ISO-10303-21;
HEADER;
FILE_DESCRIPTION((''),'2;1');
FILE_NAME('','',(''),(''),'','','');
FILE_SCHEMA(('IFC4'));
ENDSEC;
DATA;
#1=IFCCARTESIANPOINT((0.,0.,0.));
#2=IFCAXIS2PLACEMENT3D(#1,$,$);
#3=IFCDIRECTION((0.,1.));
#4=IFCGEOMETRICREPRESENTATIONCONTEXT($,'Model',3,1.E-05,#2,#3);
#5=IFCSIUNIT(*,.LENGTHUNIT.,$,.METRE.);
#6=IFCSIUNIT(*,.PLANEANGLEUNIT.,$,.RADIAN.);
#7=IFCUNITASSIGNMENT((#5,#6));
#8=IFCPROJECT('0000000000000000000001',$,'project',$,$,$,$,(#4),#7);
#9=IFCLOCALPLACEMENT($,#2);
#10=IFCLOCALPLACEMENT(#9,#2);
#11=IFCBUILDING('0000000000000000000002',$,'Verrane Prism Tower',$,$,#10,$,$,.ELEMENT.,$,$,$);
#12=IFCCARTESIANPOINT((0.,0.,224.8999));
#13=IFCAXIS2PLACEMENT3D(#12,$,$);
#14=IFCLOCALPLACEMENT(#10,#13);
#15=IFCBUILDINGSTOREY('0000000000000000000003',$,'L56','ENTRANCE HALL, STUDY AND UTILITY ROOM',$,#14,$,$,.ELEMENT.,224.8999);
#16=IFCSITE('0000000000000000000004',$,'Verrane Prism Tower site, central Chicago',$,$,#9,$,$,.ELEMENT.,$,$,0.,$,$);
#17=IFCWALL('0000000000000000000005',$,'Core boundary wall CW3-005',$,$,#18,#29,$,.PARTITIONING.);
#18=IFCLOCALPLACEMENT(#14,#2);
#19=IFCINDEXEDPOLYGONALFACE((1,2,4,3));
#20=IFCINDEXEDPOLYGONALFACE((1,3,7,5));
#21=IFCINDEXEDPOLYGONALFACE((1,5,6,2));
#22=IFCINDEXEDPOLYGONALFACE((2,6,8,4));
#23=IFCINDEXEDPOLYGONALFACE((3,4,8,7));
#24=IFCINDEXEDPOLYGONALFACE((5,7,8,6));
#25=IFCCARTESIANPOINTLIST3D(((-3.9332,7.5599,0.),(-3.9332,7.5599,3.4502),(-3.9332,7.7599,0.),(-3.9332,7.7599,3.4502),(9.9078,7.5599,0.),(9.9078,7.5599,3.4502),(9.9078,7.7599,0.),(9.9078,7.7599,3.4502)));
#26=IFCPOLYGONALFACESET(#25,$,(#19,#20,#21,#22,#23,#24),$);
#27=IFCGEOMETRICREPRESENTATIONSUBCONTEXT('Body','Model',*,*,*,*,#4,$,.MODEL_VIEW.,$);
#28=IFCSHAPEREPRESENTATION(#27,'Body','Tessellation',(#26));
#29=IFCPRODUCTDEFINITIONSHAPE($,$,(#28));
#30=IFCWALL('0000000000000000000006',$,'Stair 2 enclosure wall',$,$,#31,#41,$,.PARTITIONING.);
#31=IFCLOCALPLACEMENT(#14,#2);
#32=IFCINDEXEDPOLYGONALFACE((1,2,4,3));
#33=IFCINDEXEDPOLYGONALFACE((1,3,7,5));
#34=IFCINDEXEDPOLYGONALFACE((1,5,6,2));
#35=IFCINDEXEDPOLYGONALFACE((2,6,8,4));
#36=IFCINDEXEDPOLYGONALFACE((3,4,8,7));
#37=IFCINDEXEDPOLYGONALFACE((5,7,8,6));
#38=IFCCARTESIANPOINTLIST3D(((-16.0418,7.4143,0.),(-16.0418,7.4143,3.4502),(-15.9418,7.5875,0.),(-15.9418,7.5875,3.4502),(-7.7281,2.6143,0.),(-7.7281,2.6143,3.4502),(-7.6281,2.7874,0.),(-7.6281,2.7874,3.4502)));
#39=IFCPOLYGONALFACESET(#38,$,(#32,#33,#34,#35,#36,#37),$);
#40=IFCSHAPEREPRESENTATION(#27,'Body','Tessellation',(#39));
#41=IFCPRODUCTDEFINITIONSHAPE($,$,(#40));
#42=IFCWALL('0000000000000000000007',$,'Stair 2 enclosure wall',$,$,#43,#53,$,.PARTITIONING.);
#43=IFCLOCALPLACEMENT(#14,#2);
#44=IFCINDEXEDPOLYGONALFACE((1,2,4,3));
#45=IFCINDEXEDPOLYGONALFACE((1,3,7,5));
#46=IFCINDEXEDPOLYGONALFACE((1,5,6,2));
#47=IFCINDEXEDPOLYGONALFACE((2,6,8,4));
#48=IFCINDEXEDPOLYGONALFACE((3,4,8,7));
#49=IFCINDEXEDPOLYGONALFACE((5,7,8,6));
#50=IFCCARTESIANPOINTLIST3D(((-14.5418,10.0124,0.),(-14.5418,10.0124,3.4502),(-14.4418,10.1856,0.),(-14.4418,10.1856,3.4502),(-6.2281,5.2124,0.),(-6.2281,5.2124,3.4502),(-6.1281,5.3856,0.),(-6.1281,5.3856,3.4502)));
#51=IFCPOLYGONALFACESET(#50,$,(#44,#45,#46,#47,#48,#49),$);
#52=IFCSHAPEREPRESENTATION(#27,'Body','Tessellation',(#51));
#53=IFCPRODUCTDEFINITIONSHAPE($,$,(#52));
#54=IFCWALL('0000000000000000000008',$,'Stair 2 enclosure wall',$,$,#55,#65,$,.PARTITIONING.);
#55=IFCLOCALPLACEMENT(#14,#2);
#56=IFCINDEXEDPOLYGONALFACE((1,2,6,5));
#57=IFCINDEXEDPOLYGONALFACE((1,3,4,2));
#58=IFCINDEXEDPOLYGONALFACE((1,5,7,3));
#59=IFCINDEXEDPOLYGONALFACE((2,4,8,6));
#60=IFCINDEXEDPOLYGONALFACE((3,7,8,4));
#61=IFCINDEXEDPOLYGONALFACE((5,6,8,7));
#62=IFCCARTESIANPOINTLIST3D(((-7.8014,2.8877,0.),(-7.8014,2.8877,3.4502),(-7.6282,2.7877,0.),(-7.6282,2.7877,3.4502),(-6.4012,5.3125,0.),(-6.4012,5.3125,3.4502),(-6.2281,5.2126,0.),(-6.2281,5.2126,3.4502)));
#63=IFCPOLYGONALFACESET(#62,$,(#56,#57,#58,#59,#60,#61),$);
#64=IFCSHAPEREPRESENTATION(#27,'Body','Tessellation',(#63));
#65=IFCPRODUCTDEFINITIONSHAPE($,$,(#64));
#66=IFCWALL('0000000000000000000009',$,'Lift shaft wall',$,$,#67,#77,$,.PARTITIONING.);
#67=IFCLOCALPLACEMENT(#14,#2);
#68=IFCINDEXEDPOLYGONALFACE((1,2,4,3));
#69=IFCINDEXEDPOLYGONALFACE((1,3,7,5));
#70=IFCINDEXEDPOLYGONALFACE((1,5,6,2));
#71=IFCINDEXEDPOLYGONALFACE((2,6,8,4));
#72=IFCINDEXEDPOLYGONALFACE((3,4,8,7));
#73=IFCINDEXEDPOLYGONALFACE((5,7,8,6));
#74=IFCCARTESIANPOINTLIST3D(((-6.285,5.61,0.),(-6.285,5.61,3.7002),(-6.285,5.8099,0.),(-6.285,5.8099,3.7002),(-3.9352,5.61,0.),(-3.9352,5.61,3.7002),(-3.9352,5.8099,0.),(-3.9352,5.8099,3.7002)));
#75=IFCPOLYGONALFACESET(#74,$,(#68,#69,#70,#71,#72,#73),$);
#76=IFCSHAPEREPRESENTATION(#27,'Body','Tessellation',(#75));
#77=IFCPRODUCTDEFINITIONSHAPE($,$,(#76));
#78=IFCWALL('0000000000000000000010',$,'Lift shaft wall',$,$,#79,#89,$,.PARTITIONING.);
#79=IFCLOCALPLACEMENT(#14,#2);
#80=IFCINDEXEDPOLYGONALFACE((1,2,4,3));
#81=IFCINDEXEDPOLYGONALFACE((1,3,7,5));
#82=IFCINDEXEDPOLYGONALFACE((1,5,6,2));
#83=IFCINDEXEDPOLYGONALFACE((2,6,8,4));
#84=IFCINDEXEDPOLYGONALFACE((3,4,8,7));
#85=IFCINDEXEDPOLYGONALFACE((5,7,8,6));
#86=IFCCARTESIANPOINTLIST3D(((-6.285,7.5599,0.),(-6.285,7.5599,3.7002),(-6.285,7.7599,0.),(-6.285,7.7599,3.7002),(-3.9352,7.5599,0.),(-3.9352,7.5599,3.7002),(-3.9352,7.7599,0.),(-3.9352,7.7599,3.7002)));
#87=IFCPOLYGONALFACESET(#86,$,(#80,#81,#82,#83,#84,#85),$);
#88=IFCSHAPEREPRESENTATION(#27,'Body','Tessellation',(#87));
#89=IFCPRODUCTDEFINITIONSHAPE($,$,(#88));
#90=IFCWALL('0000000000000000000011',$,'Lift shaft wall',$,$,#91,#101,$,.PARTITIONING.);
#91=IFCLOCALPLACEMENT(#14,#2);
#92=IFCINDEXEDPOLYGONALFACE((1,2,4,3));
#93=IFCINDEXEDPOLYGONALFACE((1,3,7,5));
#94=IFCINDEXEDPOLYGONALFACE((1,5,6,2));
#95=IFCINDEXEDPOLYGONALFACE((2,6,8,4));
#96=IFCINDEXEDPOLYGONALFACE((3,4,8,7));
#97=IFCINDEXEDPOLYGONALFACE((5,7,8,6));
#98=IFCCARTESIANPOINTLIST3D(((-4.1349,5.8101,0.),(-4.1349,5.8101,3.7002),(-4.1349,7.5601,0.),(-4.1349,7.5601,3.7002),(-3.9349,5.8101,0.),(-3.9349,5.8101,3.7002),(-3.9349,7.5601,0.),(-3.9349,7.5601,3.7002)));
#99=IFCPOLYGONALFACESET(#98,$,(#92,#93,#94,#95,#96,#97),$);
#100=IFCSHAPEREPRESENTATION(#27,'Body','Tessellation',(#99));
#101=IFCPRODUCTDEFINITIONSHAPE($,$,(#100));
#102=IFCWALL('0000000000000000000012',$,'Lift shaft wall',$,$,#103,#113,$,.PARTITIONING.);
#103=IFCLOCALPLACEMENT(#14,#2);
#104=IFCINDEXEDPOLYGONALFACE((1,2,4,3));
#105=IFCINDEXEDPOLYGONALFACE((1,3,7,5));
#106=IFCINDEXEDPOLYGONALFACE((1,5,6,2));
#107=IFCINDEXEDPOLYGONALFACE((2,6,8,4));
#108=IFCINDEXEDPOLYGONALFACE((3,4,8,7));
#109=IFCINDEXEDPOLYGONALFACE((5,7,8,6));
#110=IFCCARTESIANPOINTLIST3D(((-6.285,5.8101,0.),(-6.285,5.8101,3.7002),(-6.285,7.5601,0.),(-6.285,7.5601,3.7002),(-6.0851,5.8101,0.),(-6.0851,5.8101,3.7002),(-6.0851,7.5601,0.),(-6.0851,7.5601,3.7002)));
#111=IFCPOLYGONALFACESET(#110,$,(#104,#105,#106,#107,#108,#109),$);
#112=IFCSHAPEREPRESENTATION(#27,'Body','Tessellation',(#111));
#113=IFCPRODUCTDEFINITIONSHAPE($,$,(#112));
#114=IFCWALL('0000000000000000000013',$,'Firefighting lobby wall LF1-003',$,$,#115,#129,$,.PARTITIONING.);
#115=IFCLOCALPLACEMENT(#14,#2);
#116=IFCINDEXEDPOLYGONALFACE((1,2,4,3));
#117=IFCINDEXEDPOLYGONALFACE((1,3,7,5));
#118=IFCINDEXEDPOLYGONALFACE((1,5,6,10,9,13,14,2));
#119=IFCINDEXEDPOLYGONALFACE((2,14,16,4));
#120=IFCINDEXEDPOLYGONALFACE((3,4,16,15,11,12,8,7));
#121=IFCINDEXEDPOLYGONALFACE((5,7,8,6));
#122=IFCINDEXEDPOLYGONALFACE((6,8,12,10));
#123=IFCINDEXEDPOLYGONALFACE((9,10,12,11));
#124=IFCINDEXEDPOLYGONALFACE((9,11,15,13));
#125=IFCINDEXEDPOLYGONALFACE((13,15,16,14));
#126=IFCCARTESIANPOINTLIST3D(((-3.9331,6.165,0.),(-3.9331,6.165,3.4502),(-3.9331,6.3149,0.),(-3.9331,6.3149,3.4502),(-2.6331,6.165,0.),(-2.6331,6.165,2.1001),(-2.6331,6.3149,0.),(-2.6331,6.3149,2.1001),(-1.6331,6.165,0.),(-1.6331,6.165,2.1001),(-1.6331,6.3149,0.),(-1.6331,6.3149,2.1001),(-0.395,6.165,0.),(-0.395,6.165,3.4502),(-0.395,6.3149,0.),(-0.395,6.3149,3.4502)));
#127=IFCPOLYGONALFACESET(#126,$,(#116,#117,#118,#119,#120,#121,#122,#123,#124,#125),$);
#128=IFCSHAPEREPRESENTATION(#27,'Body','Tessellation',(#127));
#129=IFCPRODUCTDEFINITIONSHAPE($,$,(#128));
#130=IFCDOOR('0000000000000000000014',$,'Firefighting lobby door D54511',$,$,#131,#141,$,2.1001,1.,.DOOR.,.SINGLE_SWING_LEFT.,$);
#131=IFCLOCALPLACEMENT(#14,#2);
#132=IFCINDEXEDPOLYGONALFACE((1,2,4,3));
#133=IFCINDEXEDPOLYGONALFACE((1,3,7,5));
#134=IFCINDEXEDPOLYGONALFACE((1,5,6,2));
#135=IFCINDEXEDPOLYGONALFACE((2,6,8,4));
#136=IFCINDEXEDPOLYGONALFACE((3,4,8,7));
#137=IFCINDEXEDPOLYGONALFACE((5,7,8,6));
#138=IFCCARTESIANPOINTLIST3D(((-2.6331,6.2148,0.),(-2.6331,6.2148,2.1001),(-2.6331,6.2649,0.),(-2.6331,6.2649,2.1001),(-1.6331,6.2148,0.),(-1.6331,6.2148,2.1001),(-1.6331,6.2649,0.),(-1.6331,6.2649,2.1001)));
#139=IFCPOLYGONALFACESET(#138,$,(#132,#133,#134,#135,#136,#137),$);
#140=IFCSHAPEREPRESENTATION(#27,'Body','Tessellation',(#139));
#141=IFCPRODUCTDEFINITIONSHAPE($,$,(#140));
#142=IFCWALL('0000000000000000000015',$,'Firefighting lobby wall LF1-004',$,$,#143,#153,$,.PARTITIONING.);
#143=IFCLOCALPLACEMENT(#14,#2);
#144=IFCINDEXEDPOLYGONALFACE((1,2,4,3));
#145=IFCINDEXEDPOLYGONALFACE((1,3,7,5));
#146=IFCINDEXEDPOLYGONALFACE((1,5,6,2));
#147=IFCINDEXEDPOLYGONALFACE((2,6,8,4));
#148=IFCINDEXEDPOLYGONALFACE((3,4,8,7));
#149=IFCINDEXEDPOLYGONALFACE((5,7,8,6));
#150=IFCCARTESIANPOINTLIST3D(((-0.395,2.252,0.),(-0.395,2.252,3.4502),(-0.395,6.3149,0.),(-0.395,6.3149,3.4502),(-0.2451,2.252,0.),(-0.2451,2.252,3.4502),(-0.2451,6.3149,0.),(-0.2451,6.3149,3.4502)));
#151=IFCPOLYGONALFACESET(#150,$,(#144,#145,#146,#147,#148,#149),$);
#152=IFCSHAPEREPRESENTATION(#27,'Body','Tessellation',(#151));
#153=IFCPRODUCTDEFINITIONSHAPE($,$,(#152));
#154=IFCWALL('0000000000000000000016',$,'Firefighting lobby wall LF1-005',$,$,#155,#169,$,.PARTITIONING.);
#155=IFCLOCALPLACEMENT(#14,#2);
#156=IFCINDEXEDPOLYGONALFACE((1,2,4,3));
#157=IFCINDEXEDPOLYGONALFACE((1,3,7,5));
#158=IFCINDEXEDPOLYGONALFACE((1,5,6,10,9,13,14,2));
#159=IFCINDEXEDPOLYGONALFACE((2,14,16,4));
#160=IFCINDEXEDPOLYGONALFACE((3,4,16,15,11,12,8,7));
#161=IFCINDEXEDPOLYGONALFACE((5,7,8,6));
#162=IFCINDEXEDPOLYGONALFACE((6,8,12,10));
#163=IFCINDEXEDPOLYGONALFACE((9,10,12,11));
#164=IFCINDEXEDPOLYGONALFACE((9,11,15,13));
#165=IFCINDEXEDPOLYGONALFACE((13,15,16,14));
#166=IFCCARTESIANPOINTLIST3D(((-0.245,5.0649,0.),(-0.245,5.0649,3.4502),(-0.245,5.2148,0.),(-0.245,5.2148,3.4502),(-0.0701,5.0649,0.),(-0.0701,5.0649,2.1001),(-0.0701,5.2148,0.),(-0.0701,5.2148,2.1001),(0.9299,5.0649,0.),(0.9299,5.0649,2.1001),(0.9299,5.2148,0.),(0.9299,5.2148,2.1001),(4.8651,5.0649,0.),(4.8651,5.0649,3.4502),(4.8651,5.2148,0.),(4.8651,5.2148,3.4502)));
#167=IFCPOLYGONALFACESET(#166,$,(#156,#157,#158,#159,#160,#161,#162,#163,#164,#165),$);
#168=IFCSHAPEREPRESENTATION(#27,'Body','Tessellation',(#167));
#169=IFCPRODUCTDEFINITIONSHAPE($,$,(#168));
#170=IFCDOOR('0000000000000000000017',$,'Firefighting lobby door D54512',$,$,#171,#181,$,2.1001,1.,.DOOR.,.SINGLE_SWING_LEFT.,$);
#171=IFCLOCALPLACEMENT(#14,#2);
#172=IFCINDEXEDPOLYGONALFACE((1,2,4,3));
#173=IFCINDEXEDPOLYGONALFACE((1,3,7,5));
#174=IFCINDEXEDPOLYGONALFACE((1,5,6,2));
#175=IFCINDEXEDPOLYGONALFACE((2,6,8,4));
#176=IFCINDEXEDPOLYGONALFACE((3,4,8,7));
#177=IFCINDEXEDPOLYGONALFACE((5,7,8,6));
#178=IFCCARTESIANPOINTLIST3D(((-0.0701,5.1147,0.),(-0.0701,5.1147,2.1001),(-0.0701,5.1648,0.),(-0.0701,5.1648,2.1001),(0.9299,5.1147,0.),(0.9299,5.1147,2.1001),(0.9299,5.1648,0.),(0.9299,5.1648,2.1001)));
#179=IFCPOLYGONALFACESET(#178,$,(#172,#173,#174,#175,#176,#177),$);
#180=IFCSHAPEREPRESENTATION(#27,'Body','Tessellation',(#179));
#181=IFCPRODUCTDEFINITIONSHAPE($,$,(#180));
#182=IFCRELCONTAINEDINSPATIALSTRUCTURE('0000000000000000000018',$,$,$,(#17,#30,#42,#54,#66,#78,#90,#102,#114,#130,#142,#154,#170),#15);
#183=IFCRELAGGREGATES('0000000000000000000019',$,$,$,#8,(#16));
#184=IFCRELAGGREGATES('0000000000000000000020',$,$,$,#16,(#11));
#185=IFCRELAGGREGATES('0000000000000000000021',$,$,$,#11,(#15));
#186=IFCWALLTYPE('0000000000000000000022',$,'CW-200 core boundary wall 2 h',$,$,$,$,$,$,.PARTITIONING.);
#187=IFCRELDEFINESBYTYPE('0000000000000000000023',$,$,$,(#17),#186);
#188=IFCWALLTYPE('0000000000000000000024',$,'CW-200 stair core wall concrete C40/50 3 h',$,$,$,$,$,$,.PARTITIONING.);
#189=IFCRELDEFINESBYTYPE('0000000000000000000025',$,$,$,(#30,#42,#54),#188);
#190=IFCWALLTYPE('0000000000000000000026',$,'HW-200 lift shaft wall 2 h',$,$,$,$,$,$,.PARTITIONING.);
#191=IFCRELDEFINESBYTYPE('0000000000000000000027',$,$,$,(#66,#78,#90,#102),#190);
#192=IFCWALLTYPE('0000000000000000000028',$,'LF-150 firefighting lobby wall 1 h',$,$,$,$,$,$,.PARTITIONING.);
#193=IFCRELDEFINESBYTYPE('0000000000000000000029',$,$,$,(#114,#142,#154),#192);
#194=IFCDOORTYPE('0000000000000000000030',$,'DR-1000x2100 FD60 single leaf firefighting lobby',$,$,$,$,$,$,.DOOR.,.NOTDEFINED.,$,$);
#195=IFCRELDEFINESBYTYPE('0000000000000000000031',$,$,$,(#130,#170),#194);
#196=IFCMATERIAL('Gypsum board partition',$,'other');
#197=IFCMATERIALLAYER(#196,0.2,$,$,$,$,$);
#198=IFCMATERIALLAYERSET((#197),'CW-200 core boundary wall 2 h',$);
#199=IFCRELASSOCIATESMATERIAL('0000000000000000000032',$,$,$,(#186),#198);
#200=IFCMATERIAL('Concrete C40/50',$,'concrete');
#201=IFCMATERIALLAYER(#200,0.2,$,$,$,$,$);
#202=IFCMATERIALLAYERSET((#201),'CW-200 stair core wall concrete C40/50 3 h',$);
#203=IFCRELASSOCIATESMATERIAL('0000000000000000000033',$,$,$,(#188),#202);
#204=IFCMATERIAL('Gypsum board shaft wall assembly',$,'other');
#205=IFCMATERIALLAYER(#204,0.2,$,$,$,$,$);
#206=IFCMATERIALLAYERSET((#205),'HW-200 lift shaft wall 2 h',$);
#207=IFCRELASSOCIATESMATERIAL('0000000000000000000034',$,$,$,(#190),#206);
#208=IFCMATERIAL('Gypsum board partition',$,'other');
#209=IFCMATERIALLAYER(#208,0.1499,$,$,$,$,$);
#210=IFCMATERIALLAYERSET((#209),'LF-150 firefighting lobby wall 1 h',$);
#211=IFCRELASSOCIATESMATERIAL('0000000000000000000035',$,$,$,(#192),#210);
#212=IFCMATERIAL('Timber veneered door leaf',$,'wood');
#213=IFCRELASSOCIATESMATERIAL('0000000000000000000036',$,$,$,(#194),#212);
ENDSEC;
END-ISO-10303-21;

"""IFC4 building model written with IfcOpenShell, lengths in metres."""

from ifc_helpers import new_model, si_unit, direction, frame, frame_2d, origin, place, context, subcontext, project, spatial, rectangle, extrude, material, layer, layer_set, type_object, element, fill, save


model = new_model("IFC4")

# Units and contexts
model_context = context("Model", 3, precision=1e-05, world=origin(), true_north=direction((0.0, 1.0)))
body_context = subcontext(model_context, "Body", "Model", "MODEL_VIEW")
ifc_project = project(units=[si_unit("LENGTHUNIT", "METRE"), si_unit("PLANEANGLEUNIT", "RADIAN")], contexts=[model_context])

# Site, building, storey
site_placement = place(None, origin())
site = spatial("IfcSite", under=ifc_project, at=site_placement, Name="Verrane Prism Tower site, central Chicago", CompositionType="ELEMENT", RefElevation=0.0)
building_placement = place(site_placement, origin())
building = spatial("IfcBuilding", under=site, at=building_placement, Name="Verrane Prism Tower", CompositionType="ELEMENT")
storey_placement = place(building_placement, frame((0.0, 0.0, 224.8999)))
storey = spatial("IfcBuildingStorey", under=building, at=storey_placement, Name="L56", Description="ENTRANCE HALL, STUDY AND UTILITY ROOM", CompositionType="ELEMENT", Elevation=224.8999)

# Shared definitions
ifc_material_1 = material(Name="Gypsum board partition", Category="other")
ifc_layer_1 = layer(ifc_material_1, 0.2)
ifc_layer_set_1 = layer_set([ifc_layer_1], Name="CW-200 core boundary wall 2 h")
wall_type_1 = type_object("IfcWallType", Name="CW-200 core boundary wall 2 h", PredefinedType="PARTITIONING", material=ifc_layer_set_1)

# Walls
wall_1_placement = place(storey_placement, frame((-3.9331, 7.6599, 0.0), z_axis=(0.0, 0.0, 1.0), x_axis=(1.0, 0.0, 0.0)))
element("IfcWall", 1, at=wall_1_placement, inside=storey, type_object=wall_type_1, Name="Core boundary wall CW3-005", PredefinedType="PARTITIONING", context=body_context, shape_type="SweptSolid", body=[
    extrude(rectangle(XDim=13.8411, YDim=0.2, at=frame_2d((6.9204, 0.0))), origin(), (0.0, 0.0, 1.0), 3.4502),
])
ifc_material_2 = material(Name="Concrete C40/50", Category="concrete")
ifc_layer_2 = layer(ifc_material_2, 0.2)
ifc_layer_set_2 = layer_set([ifc_layer_2], Name="CW-200 stair core wall concrete C40/50 3 h")
wall_type_2 = type_object("IfcWallType", Name="CW-200 stair core wall concrete C40/50 3 h", PredefinedType="PARTITIONING", material=ifc_layer_set_2)
for number, where, z_axis, x_axis, name in (
    (2, (-7.6782, 2.7009, 0.0), (0.0, 0.0, 1.0), (-0.86602, 0.500009, 0.0), "Stair 2 enclosure wall"),
    (3, (-6.1782, 5.2991, 0.0), (0.0, 0.0, 1.0), (-0.86602, 0.500009, 0.0), "Stair 2 enclosure wall"),
):
    element("IfcWall", number, at=place(storey_placement, frame(where, z_axis=z_axis, x_axis=x_axis)), inside=storey, type_object=wall_type_2, Name=name, PredefinedType="PARTITIONING", context=body_context, shape_type="SweptSolid", body=[
        extrude(rectangle(XDim=9.5999, YDim=0.2, at=frame_2d((4.7998, 0.0))), origin(), (0.0, 0.0, 1.0), 3.4502),
    ])
wall_2_placement = place(storey_placement, frame((-6.3147, 5.2625, 0.0), z_axis=(0.0, 0.0, 1.0), x_axis=(-0.50005, -0.865997, 0.0)))
element("IfcWall", 4, at=wall_2_placement, inside=storey, type_object=wall_type_2, Name="Stair 2 enclosure wall", PredefinedType="PARTITIONING", context=body_context, shape_type="SweptSolid", body=[
    extrude(rectangle(XDim=2.8, YDim=0.2, at=frame_2d((1.3999, 0.0))), origin(), (0.0, 0.0, 1.0), 3.4502),
])
ifc_material_3 = material(Name="Gypsum board shaft wall assembly", Category="other")
ifc_layer_3 = layer(ifc_material_3, 0.2)
ifc_layer_set_3 = layer_set([ifc_layer_3], Name="HW-200 lift shaft wall 2 h")
wall_type_3 = type_object("IfcWallType", Name="HW-200 lift shaft wall 2 h", PredefinedType="PARTITIONING", material=ifc_layer_set_3)
for number, where, z_axis, x_axis, name in (
    (5, (-6.2849, 5.71, 0.0), (0.0, 0.0, 1.0), (1.0, 0.0, 0.0), "Lift shaft wall"),
    (6, (-6.2849, 7.6599, 0.0), (0.0, 0.0, 1.0), (1.0, 0.0, 0.0), "Lift shaft wall"),
):
    element("IfcWall", number, at=place(storey_placement, frame(where, z_axis=z_axis, x_axis=x_axis)), inside=storey, type_object=wall_type_3, Name=name, PredefinedType="PARTITIONING", context=body_context, shape_type="SweptSolid", body=[
        extrude(rectangle(XDim=2.3499, YDim=0.2, at=frame_2d((1.1748, 0.0))), origin(), (0.0, 0.0, 1.0), 3.7002),
    ])
for number, where, z_axis, x_axis, name in (
    (7, (-4.0349, 5.8101, 0.0), (0.0, 0.0, 1.0), (0.0, 1.0, 0.0), "Lift shaft wall"),
    (8, (-6.1851, 5.8101, 0.0), (0.0, 0.0, 1.0), (0.0, 1.0, 0.0), "Lift shaft wall"),
):
    element("IfcWall", number, at=place(storey_placement, frame(where, z_axis=z_axis, x_axis=x_axis)), inside=storey, type_object=wall_type_3, Name=name, PredefinedType="PARTITIONING", context=body_context, shape_type="SweptSolid", body=[
        extrude(rectangle(XDim=1.75, YDim=0.2, at=frame_2d((0.875, 0.0))), origin(), (0.0, 0.0, 1.0), 3.7002),
    ])

# Wall, opening, door
ifc_material_4 = material(Name="Gypsum board partition", Category="other")
ifc_layer_4 = layer(ifc_material_4, 0.1499)
ifc_layer_set_4 = layer_set([ifc_layer_4], Name="LF-150 firefighting lobby wall 1 h")
wall_type_4 = type_object("IfcWallType", Name="LF-150 firefighting lobby wall 1 h", PredefinedType="PARTITIONING", material=ifc_layer_set_4)
wall_3_placement = place(storey_placement, frame((-3.9331, 6.24, 0.0), z_axis=(0.0, 0.0, 1.0), x_axis=(1.0, 0.0, 0.0)))
wall_3 = element("IfcWall", 9, at=wall_3_placement, inside=storey, type_object=wall_type_4, Name="Firefighting lobby wall LF1-003", PredefinedType="PARTITIONING", context=body_context, shape_type="SweptSolid", body=[
    extrude(rectangle(XDim=3.5381, YDim=0.1499, at=frame_2d((1.769, 0.0))), origin(), (0.0, 0.0, 1.0), 3.4502),
])
opening_1_placement = place(wall_3_placement, frame((1.3, 0.0, 0.0)))
opening_1 = element("IfcOpeningElement", 10, at=opening_1_placement, cuts=wall_3, PredefinedType="OPENING", context=body_context, shape_type="SweptSolid", body=[
    extrude(rectangle(XDim=1.0, YDim=2.1001, at=frame_2d((0.5, 1.05))), frame((0.0, 0.085, 0.0), z_axis=(0.0, -1.0, 0.0), x_axis=(1.0, 0.0, 0.0)), (0.0, 0.0, 1.0), 0.1699),
])
ifc_material_5 = material(Name="Timber veneered door leaf", Category="wood")
door_type_1 = type_object("IfcDoorType", Name="DR-1000x2100 FD60 single leaf firefighting lobby", OperationType="NOTDEFINED", PredefinedType="DOOR", material=ifc_material_5)
door_1_placement = place(opening_1_placement, origin())
door_1 = element("IfcDoor", 11, at=door_1_placement, inside=storey, type_object=door_type_1, Name="Firefighting lobby door D54511", OperationType="SINGLE_SWING_LEFT", OverallHeight=2.1001, OverallWidth=1.0, PredefinedType="DOOR", context=body_context, shape_type="SweptSolid", body=[
    extrude(rectangle(XDim=1.0, YDim=2.1001, at=frame_2d((0.5, 1.05))), frame((0.0, 0.0249, 0.0), z_axis=(0.0, -1.0, 0.0), x_axis=(1.0, 0.0, 0.0)), (0.0, 0.0, 1.0), 0.05),
])
fill(opening_1, door_1)

# Wall
wall_4_placement = place(storey_placement, frame((-0.3201, 2.252, 0.0), z_axis=(0.0, 0.0, 1.0), x_axis=(0.0, 1.0, 0.0)))
element("IfcWall", 12, at=wall_4_placement, inside=storey, type_object=wall_type_4, Name="Firefighting lobby wall LF1-004", PredefinedType="PARTITIONING", context=body_context, shape_type="SweptSolid", body=[
    extrude(rectangle(XDim=4.063, YDim=0.1499, at=frame_2d((2.0315, 0.0))), origin(), (0.0, 0.0, 1.0), 3.4502),
])

# Wall, opening, door
wall_5_placement = place(storey_placement, frame((-0.2451, 5.1399, 0.0), z_axis=(0.0, 0.0, 1.0), x_axis=(1.0, 0.0, 0.0)))
wall_5 = element("IfcWall", 13, at=wall_5_placement, inside=storey, type_object=wall_type_4, Name="Firefighting lobby wall LF1-005", PredefinedType="PARTITIONING", context=body_context, shape_type="SweptSolid", body=[
    extrude(rectangle(XDim=5.1101, YDim=0.1499, at=frame_2d((2.5552, 0.0))), origin(), (0.0, 0.0, 1.0), 3.4502),
])
opening_2_placement = place(wall_5_placement, frame((0.175, 0.0, 0.0)))
opening_2 = element("IfcOpeningElement", 14, at=opening_2_placement, cuts=wall_5, PredefinedType="OPENING", context=body_context, shape_type="SweptSolid", body=[
    extrude(rectangle(XDim=1.0, YDim=2.1001, at=frame_2d((0.5, 1.05))), frame((0.0, 0.085, 0.0), z_axis=(0.0, -1.0, 0.0), x_axis=(1.0, 0.0, 0.0)), (0.0, 0.0, 1.0), 0.1699),
])
door_2_placement = place(opening_2_placement, origin())
door_2 = element("IfcDoor", 15, at=door_2_placement, inside=storey, type_object=door_type_1, Name="Firefighting lobby door D54512", OperationType="SINGLE_SWING_LEFT", OverallHeight=2.1001, OverallWidth=1.0, PredefinedType="DOOR", context=body_context, shape_type="SweptSolid", body=[
    extrude(rectangle(XDim=1.0, YDim=2.1001, at=frame_2d((0.5, 1.05))), frame((0.0, 0.0249, 0.0), z_axis=(0.0, -1.0, 0.0), x_axis=(1.0, 0.0, 0.0)), (0.0, 0.0, 1.0), 0.05),
])
fill(opening_2, door_2)

save(model, "model.ifc")
